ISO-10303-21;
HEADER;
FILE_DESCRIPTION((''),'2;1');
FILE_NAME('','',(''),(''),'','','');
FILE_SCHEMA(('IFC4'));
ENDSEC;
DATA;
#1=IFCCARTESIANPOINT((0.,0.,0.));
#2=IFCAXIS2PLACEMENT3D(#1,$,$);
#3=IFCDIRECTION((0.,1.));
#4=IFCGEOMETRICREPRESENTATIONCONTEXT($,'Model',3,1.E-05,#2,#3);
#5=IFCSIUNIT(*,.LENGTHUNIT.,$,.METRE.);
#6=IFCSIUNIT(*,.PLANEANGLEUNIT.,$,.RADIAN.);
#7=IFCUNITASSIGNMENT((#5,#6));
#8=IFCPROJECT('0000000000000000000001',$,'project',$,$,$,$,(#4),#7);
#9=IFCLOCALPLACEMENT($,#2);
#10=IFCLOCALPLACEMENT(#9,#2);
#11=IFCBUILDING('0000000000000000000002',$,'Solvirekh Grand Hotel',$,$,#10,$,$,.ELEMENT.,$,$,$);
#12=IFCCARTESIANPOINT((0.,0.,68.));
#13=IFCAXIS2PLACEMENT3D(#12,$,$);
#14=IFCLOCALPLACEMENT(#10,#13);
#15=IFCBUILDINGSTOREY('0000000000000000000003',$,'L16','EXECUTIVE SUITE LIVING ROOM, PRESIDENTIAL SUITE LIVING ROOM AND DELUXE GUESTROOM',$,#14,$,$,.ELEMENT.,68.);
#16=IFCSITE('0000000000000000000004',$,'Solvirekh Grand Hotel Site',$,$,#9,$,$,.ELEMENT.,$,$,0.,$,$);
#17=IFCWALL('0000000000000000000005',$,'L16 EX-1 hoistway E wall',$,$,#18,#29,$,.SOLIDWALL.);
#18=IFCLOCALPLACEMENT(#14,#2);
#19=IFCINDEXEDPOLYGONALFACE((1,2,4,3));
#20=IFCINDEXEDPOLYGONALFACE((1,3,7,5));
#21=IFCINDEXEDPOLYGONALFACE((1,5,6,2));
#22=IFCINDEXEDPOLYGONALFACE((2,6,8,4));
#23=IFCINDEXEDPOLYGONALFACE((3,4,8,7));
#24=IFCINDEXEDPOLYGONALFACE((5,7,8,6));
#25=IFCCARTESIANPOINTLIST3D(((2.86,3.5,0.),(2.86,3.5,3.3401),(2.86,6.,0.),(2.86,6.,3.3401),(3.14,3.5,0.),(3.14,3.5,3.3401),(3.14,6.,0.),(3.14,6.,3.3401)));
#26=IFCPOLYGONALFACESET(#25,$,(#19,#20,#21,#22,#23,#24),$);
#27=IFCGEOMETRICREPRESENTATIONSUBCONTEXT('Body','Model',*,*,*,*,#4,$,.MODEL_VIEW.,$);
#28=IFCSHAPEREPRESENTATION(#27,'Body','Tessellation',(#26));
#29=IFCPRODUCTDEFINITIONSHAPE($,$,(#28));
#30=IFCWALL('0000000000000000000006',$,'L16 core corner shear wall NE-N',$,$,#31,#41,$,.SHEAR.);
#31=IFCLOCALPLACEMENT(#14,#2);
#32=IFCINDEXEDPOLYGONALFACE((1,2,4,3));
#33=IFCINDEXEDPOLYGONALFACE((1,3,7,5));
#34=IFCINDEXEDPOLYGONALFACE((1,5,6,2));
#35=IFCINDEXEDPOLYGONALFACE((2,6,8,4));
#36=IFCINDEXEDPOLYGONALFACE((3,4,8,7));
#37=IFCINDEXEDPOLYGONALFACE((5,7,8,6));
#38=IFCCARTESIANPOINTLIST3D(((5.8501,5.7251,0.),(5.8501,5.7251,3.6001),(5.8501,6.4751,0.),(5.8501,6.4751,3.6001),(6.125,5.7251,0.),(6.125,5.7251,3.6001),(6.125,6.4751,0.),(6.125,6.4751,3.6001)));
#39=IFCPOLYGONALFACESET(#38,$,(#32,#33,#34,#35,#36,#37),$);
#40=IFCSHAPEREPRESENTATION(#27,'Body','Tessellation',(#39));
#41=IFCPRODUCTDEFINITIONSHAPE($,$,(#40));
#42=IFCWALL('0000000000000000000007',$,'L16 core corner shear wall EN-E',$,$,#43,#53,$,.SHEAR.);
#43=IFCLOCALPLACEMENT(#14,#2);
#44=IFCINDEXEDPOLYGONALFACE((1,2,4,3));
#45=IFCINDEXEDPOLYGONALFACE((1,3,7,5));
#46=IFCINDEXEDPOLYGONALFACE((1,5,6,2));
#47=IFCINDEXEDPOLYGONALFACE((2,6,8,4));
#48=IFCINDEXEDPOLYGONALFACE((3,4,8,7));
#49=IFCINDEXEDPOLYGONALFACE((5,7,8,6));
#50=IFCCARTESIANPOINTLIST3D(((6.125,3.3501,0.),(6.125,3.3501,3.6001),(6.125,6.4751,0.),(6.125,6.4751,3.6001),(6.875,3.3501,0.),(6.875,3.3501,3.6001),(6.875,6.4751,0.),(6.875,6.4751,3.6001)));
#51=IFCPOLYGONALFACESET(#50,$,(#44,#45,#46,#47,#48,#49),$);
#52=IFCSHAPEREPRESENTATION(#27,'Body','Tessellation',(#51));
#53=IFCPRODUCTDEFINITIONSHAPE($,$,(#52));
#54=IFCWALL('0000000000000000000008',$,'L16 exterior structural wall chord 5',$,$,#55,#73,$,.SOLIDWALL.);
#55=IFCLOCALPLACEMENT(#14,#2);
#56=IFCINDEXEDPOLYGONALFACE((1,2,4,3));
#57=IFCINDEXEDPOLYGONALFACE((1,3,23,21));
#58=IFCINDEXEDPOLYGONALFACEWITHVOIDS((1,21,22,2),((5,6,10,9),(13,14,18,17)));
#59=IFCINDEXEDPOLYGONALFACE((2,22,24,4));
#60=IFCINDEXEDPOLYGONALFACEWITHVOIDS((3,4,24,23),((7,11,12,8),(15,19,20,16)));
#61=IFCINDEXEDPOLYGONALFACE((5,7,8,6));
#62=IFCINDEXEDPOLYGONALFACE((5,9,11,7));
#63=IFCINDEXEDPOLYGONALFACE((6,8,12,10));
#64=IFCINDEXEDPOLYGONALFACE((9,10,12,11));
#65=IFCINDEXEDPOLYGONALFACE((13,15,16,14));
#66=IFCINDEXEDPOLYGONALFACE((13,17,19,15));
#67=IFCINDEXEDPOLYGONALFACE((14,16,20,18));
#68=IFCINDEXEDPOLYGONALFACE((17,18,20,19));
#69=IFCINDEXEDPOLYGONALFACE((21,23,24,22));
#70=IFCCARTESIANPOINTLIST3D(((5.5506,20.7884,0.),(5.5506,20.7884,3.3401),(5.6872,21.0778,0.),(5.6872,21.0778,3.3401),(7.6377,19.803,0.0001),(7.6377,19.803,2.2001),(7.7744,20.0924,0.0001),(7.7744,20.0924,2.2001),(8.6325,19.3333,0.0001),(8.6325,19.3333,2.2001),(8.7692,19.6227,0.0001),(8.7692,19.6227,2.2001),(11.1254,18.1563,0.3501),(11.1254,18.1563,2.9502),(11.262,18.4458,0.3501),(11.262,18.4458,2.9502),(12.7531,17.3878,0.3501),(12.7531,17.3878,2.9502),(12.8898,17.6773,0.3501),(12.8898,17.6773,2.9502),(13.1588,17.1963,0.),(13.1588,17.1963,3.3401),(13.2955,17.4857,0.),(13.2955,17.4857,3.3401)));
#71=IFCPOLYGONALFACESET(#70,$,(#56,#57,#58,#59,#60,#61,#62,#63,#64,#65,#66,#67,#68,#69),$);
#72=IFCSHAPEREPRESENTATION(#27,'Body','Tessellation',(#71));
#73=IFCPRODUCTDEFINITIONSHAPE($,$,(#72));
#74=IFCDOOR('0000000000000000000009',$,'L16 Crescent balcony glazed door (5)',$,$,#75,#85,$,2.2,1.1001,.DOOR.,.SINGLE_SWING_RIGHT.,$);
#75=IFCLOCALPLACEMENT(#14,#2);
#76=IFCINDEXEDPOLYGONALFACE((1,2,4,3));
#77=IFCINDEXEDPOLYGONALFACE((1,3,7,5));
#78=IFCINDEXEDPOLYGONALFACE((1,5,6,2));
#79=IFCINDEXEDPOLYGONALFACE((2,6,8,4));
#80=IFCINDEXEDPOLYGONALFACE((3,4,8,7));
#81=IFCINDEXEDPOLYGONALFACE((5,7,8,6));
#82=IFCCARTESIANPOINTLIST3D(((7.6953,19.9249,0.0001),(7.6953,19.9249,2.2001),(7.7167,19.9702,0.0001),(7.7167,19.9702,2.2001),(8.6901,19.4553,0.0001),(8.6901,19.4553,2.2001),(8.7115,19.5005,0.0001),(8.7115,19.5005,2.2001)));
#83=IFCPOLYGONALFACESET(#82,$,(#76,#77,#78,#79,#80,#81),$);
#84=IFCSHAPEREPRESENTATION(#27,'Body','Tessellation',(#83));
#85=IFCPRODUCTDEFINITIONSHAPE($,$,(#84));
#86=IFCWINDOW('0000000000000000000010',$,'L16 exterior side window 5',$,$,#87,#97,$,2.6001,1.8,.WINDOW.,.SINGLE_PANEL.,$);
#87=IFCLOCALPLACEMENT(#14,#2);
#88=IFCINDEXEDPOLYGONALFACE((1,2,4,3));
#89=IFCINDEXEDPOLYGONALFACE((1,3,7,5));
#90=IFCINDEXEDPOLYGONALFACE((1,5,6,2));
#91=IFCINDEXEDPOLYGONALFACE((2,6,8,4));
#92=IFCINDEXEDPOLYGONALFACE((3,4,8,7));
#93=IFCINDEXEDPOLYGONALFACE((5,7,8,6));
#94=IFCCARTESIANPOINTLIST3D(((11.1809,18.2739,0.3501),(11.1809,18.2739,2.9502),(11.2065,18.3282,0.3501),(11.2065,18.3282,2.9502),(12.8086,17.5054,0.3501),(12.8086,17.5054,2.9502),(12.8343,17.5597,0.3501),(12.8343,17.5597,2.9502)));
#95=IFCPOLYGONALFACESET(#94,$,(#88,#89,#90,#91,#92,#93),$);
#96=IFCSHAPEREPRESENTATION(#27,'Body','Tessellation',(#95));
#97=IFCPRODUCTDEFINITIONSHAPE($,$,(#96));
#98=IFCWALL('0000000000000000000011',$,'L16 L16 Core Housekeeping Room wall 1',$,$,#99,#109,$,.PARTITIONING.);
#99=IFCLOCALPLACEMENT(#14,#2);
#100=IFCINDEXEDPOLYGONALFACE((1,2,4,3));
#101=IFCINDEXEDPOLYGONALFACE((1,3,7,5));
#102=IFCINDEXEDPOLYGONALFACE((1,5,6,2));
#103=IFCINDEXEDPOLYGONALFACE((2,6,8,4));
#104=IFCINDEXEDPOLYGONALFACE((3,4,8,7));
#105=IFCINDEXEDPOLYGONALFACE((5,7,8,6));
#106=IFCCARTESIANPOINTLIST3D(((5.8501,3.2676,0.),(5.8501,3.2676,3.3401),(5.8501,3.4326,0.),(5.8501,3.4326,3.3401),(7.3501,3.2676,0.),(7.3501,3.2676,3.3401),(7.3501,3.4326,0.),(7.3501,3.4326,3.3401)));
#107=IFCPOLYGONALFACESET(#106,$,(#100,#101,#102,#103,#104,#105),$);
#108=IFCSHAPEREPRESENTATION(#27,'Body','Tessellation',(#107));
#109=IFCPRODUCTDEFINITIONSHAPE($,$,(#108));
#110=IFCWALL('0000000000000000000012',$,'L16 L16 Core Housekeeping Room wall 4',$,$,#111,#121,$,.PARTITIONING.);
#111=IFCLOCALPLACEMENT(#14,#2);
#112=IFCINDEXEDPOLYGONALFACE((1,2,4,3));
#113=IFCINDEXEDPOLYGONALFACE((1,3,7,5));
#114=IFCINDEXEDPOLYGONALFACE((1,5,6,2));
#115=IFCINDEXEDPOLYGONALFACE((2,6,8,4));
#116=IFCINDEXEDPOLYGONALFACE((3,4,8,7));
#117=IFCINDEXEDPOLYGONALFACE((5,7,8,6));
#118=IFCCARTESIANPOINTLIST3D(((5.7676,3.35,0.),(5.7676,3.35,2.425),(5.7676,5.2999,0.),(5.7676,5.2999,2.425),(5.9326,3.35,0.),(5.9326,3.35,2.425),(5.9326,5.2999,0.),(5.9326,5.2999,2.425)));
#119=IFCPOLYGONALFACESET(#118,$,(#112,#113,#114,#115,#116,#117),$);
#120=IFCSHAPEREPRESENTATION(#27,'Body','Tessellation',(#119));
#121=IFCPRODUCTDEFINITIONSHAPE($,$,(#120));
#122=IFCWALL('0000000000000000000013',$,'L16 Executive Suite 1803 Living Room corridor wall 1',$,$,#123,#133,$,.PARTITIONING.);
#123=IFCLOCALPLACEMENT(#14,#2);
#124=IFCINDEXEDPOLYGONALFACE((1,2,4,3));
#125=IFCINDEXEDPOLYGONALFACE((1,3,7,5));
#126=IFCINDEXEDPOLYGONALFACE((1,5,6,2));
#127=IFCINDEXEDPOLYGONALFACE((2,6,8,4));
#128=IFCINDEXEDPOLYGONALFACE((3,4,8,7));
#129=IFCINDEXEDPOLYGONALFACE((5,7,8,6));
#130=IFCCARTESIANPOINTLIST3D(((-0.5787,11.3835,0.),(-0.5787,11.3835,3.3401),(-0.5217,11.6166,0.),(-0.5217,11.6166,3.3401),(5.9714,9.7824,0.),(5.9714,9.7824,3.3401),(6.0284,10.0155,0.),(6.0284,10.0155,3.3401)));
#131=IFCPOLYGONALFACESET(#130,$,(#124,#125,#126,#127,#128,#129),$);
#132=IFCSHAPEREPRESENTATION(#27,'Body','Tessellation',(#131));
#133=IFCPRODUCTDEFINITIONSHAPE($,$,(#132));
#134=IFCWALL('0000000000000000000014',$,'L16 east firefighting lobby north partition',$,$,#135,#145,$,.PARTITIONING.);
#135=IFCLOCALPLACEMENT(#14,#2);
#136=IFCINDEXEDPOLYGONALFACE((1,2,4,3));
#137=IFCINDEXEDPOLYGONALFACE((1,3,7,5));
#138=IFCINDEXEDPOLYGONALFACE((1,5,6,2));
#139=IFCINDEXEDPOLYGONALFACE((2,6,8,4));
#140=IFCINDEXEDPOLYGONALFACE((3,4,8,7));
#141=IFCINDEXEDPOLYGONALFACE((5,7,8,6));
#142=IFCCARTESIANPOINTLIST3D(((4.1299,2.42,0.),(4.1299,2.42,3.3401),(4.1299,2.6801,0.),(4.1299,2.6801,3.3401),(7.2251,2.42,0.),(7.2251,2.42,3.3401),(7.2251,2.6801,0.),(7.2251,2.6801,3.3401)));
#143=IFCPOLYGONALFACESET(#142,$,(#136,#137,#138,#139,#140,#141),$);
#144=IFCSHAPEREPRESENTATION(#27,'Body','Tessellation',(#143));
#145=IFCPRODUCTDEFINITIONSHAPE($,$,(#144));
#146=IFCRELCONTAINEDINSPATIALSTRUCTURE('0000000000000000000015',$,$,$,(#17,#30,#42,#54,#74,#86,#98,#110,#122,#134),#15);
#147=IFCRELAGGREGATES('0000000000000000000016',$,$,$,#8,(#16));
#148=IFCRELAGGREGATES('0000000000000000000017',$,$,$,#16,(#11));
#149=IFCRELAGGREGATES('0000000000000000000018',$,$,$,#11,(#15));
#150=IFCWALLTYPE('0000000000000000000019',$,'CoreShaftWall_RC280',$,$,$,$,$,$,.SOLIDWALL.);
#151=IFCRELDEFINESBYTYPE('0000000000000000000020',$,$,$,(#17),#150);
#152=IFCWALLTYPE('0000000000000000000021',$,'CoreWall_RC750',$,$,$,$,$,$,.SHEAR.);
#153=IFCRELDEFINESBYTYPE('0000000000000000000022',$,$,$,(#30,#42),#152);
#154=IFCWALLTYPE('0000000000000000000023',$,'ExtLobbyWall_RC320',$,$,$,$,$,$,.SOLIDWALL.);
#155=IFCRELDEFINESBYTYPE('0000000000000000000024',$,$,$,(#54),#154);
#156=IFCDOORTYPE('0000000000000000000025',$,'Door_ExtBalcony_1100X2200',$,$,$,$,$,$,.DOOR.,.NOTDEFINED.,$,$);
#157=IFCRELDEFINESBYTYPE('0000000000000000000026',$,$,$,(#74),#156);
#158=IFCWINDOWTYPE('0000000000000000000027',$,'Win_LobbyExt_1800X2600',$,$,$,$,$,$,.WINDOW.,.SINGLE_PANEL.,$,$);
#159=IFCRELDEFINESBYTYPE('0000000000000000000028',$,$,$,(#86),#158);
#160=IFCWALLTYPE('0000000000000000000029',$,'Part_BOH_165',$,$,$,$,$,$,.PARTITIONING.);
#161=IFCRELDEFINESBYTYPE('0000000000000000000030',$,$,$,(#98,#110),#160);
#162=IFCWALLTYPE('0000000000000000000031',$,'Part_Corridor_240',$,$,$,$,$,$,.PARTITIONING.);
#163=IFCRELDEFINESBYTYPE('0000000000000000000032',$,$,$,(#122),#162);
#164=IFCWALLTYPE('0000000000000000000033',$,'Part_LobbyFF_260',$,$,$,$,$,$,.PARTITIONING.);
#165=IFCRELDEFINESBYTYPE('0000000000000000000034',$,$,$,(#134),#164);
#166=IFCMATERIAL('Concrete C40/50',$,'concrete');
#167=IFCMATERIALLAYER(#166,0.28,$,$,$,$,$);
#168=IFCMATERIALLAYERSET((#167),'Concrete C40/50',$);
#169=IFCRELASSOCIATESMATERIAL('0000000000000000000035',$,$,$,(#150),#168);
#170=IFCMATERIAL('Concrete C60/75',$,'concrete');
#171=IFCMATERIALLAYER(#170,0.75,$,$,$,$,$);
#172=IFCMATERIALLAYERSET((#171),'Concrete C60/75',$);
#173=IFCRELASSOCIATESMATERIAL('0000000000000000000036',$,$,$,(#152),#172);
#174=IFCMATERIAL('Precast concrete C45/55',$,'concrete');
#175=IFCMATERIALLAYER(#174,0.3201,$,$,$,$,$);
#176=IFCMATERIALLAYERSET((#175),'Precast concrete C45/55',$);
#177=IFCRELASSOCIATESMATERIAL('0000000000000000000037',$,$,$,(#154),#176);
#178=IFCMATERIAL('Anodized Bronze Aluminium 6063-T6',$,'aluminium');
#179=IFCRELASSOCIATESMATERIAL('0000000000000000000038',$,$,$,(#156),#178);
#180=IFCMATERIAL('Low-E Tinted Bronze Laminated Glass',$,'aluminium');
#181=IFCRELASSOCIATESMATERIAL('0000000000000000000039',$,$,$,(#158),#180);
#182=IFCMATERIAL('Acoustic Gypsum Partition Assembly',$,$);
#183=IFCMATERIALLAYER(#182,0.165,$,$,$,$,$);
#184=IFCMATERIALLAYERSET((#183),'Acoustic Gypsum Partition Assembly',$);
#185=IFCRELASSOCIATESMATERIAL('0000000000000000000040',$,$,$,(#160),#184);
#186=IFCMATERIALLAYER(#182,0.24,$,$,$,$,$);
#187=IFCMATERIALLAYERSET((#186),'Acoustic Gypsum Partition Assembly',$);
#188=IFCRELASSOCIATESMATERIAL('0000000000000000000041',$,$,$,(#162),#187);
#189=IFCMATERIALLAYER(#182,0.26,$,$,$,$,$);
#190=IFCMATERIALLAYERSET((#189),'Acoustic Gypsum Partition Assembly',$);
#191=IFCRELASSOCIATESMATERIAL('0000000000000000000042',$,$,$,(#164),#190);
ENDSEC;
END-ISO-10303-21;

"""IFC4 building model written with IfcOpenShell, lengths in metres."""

from ifc_helpers import new_model, si_unit, direction, frame, frame_2d, origin, place, context, subcontext, project, spatial, rectangle, extrude, material, layer, layer_set, type_object, element, fill, save


model = new_model("IFC4")

# Units and contexts
model_context = context("Model", 3, precision=1e-05, world=origin(), true_north=direction((0.0, 1.0)))
body_context = subcontext(model_context, "Body", "Model", "MODEL_VIEW")
ifc_project = project(units=[si_unit("LENGTHUNIT", "METRE"), si_unit("PLANEANGLEUNIT", "RADIAN")], contexts=[model_context])

# Site, building, storey
site_placement = place(None, origin())
site = spatial("IfcSite", under=ifc_project, at=site_placement, Name="Solvirekh Grand Hotel Site", CompositionType="ELEMENT", RefElevation=0.0)
building_placement = place(site_placement, origin())
building = spatial("IfcBuilding", under=site, at=building_placement, Name="Solvirekh Grand Hotel", CompositionType="ELEMENT")
storey_placement = place(building_placement, frame((0.0, 0.0, 68.0)))
storey = spatial("IfcBuildingStorey", under=building, at=storey_placement, Name="L16", Description="EXECUTIVE SUITE LIVING ROOM, PRESIDENTIAL SUITE LIVING ROOM AND DELUXE GUESTROOM", CompositionType="ELEMENT", Elevation=68.0)

# Shared definitions
ifc_material_1 = material(Name="Concrete C60/75", Category="concrete")

# Shared definitions
ifc_material_2 = material(Name="Concrete C40/50", Category="concrete")

# Walls
ifc_layer_1 = layer(ifc_material_2, 0.28)
ifc_layer_set_1 = layer_set([ifc_layer_1], Name="Concrete C40/50")
wall_type_1 = type_object("IfcWallType", Name="CoreShaftWall_RC280", PredefinedType="SOLIDWALL", material=ifc_layer_set_1)
wall_1_placement = place(storey_placement, frame((3.0, 3.5, 0.0), z_axis=(0.0, 0.0, 1.0), x_axis=(0.0, 1.0, 0.0)))
element("IfcWall", 1, at=wall_1_placement, inside=storey, type_object=wall_type_1, Name="L16 EX-1 hoistway E wall", PredefinedType="SOLIDWALL", context=body_context, shape_type="SweptSolid", body=[
    extrude(rectangle(XDim=2.5, YDim=0.28, at=frame_2d((1.25, 0.0))), origin(), (0.0, 0.0, 1.0), 3.3401),
])
ifc_layer_2 = layer(ifc_material_1, 0.75)
ifc_layer_set_2 = layer_set([ifc_layer_2], Name="Concrete C60/75")
wall_type_2 = type_object("IfcWallType", Name="CoreWall_RC750", PredefinedType="SHEAR", material=ifc_layer_set_2)
wall_2_placement = place(storey_placement, frame((5.8501, 6.1001, 0.0), z_axis=(0.0, 0.0, 1.0), x_axis=(1.0, 0.0, 0.0)))
element("IfcWall", 2, at=wall_2_placement, inside=storey, type_object=wall_type_2, Name="L16 core corner shear wall NE-N", PredefinedType="SHEAR", context=body_context, shape_type="SweptSolid", body=[
    extrude(rectangle(XDim=0.2749, YDim=0.75, at=frame_2d((0.1375, 0.0))), origin(), (0.0, 0.0, 1.0), 3.6001),
])
wall_3_placement = place(storey_placement, frame((6.5, 3.3501, 0.0), z_axis=(0.0, 0.0, 1.0), x_axis=(0.0, 1.0, 0.0)))
element("IfcWall", 3, at=wall_3_placement, inside=storey, type_object=wall_type_2, Name="L16 core corner shear wall EN-E", PredefinedType="SHEAR", context=body_context, shape_type="SweptSolid", body=[
    extrude(rectangle(XDim=3.125, YDim=0.75, at=frame_2d((1.5625, 0.0))), origin(), (0.0, 0.0, 1.0), 3.6001),
])

# Wall, openings, door, window
ifc_material_3 = material(Name="Precast concrete C45/55", Category="concrete")
ifc_layer_3 = layer(ifc_material_3, 0.3201)
ifc_layer_set_3 = layer_set([ifc_layer_3], Name="Precast concrete C45/55")
wall_type_3 = type_object("IfcWallType", Name="ExtLobbyWall_RC320", PredefinedType="SOLIDWALL", material=ifc_layer_set_3)
wall_4_placement = place(storey_placement, frame((5.6189, 20.9331, 0.0), z_axis=(0.0, 0.0, 1.0), x_axis=(0.904281, -0.426938, 0.0)))
wall_4 = element("IfcWall", 4, at=wall_4_placement, inside=storey, type_object=wall_type_3, Name="L16 exterior structural wall chord 5", PredefinedType="SOLIDWALL", context=body_context, shape_type="SweptSolid", body=[
    extrude(rectangle(XDim=8.4136, YDim=0.3201, at=frame_2d((4.2068, 0.0))), origin(), (0.0, 0.0, 1.0), 3.3401),
])
opening_1_placement = place(wall_4_placement, frame((6.165, 0.0, 0.3501)))
opening_1 = element("IfcOpeningElement", 5, at=opening_1_placement, cuts=wall_4, PredefinedType="OPENING", context=body_context, shape_type="SweptSolid", body=[
    extrude(rectangle(XDim=1.8, YDim=2.6001, at=frame_2d((0.8999, 1.3))), frame((0.0, 0.1699, 0.0), z_axis=(0.0, -1.0, 0.0), x_axis=(1.0, 0.0, 0.0)), (0.0, 0.0, 1.0), 0.3401),
])
opening_2_placement = place(wall_4_placement, frame((2.3081, 0.0, 0.0)))
opening_2 = element("IfcOpeningElement", 6, at=opening_2_placement, cuts=wall_4, PredefinedType="OPENING", context=body_context, shape_type="SweptSolid", body=[
    extrude(rectangle(XDim=1.1001, YDim=2.2, at=frame_2d((0.55, 1.1001))), frame((0.0, 0.1699, 0.0), z_axis=(0.0, -1.0, 0.0), x_axis=(1.0, 0.0, 0.0)), (0.0, 0.0, 1.0), 0.3401),
])
ifc_material_4 = material(Name="Anodized Bronze Aluminium 6063-T6", Category="aluminium")
door_type = type_object("IfcDoorType", Name="Door_ExtBalcony_1100X2200", OperationType="NOTDEFINED", PredefinedType="DOOR", material=ifc_material_4)
door_placement = place(opening_2_placement, origin())
door = element("IfcDoor", 7, at=door_placement, inside=storey, type_object=door_type, Name="L16 Crescent balcony glazed door (5)", OperationType="SINGLE_SWING_RIGHT", OverallHeight=2.2, OverallWidth=1.1001, PredefinedType="DOOR", context=body_context, shape_type="SweptSolid", body=[
    extrude(rectangle(XDim=1.1001, YDim=2.2, at=frame_2d((0.55, 1.1001))), frame((0.0, 0.0249, 0.0), z_axis=(0.0, -1.0, 0.0), x_axis=(1.0, 0.0, 0.0)), (0.0, 0.0, 1.0), 0.05),
])
fill(opening_2, door)
ifc_material_5 = material(Name="Low-E Tinted Bronze Laminated Glass", Category="aluminium")
window_type = type_object("IfcWindowType", Name="Win_LobbyExt_1800X2600", PartitioningType="SINGLE_PANEL", PredefinedType="WINDOW", material=ifc_material_5)
window_placement = place(opening_1_placement, origin())
window = element("IfcWindow", 8, at=window_placement, inside=storey, type_object=window_type, Name="L16 exterior side window 5", OverallHeight=2.6001, OverallWidth=1.8, PartitioningType="SINGLE_PANEL", PredefinedType="WINDOW", context=body_context, shape_type="SweptSolid", body=[
    extrude(rectangle(XDim=1.8, YDim=2.6001, at=frame_2d((0.8999, 1.3))), frame((0.0, 0.03, 0.0), z_axis=(0.0, -1.0, 0.0), x_axis=(1.0, 0.0, 0.0)), (0.0, 0.0, 1.0), 0.0601),
])
fill(opening_1, window)

# Walls
ifc_material_6 = material(Name="Acoustic Gypsum Partition Assembly")
ifc_layer_4 = layer(ifc_material_6, 0.165)
ifc_layer_set_4 = layer_set([ifc_layer_4], Name="Acoustic Gypsum Partition Assembly")
wall_type_4 = type_object("IfcWallType", Name="Part_BOH_165", PredefinedType="PARTITIONING", material=ifc_layer_set_4)
wall_5_placement = place(storey_placement, frame((5.8501, 3.3501, 0.0), z_axis=(0.0, 0.0, 1.0), x_axis=(1.0, 0.0, 0.0)))
element("IfcWall", 9, at=wall_5_placement, inside=storey, type_object=wall_type_4, Name="L16 L16 Core Housekeeping Room wall 1", PredefinedType="PARTITIONING", context=body_context, shape_type="SweptSolid", body=[
    extrude(rectangle(XDim=1.5, YDim=0.165, at=frame_2d((0.75, 0.0))), origin(), (0.0, 0.0, 1.0), 3.3401),
])
wall_6_placement = place(storey_placement, frame((5.8501, 5.3, 0.0), z_axis=(0.0, 0.0, 1.0), x_axis=(0.0, -1.0, 0.0)))
element("IfcWall", 10, at=wall_6_placement, inside=storey, type_object=wall_type_4, Name="L16 L16 Core Housekeeping Room wall 4", PredefinedType="PARTITIONING", context=body_context, shape_type="SweptSolid", body=[
    extrude(rectangle(XDim=1.95, YDim=0.165, at=frame_2d((0.9751, 0.0))), origin(), (0.0, 0.0, 1.0), 2.425),
])
ifc_layer_5 = layer(ifc_material_6, 0.24)
ifc_layer_set_5 = layer_set([ifc_layer_5], Name="Acoustic Gypsum Partition Assembly")
wall_type_5 = type_object("IfcWallType", Name="Part_Corridor_240", PredefinedType="PARTITIONING", material=ifc_layer_set_5)
wall_7_placement = place(storey_placement, frame((6.0, 9.8989, 0.0), z_axis=(0.0, 0.0, 1.0), x_axis=(-0.971401, 0.237446, 0.0)))
element("IfcWall", 11, at=wall_7_placement, inside=storey, type_object=wall_type_5, Name="L16 Executive Suite 1803 Living Room corridor wall 1", PredefinedType="PARTITIONING", context=body_context, shape_type="SweptSolid", body=[
    extrude(rectangle(XDim=6.7429, YDim=0.24, at=frame_2d((3.3716, 0.0))), origin(), (0.0, 0.0, 1.0), 3.3401),
])
ifc_layer_6 = layer(ifc_material_6, 0.26)
ifc_layer_set_6 = layer_set([ifc_layer_6], Name="Acoustic Gypsum Partition Assembly")
wall_type_6 = type_object("IfcWallType", Name="Part_LobbyFF_260", PredefinedType="PARTITIONING", material=ifc_layer_set_6)
wall_8_placement = place(storey_placement, frame((4.1299, 2.55, 0.0), z_axis=(0.0, 0.0, 1.0), x_axis=(1.0, 0.0, 0.0)))
element("IfcWall", 12, at=wall_8_placement, inside=storey, type_object=wall_type_6, Name="L16 east firefighting lobby north partition", PredefinedType="PARTITIONING", context=body_context, shape_type="SweptSolid", body=[
    extrude(rectangle(XDim=3.0952, YDim=0.26, at=frame_2d((1.5476, 0.0))), origin(), (0.0, 0.0, 1.0), 3.3401),
])

save(model, "model.ifc")
